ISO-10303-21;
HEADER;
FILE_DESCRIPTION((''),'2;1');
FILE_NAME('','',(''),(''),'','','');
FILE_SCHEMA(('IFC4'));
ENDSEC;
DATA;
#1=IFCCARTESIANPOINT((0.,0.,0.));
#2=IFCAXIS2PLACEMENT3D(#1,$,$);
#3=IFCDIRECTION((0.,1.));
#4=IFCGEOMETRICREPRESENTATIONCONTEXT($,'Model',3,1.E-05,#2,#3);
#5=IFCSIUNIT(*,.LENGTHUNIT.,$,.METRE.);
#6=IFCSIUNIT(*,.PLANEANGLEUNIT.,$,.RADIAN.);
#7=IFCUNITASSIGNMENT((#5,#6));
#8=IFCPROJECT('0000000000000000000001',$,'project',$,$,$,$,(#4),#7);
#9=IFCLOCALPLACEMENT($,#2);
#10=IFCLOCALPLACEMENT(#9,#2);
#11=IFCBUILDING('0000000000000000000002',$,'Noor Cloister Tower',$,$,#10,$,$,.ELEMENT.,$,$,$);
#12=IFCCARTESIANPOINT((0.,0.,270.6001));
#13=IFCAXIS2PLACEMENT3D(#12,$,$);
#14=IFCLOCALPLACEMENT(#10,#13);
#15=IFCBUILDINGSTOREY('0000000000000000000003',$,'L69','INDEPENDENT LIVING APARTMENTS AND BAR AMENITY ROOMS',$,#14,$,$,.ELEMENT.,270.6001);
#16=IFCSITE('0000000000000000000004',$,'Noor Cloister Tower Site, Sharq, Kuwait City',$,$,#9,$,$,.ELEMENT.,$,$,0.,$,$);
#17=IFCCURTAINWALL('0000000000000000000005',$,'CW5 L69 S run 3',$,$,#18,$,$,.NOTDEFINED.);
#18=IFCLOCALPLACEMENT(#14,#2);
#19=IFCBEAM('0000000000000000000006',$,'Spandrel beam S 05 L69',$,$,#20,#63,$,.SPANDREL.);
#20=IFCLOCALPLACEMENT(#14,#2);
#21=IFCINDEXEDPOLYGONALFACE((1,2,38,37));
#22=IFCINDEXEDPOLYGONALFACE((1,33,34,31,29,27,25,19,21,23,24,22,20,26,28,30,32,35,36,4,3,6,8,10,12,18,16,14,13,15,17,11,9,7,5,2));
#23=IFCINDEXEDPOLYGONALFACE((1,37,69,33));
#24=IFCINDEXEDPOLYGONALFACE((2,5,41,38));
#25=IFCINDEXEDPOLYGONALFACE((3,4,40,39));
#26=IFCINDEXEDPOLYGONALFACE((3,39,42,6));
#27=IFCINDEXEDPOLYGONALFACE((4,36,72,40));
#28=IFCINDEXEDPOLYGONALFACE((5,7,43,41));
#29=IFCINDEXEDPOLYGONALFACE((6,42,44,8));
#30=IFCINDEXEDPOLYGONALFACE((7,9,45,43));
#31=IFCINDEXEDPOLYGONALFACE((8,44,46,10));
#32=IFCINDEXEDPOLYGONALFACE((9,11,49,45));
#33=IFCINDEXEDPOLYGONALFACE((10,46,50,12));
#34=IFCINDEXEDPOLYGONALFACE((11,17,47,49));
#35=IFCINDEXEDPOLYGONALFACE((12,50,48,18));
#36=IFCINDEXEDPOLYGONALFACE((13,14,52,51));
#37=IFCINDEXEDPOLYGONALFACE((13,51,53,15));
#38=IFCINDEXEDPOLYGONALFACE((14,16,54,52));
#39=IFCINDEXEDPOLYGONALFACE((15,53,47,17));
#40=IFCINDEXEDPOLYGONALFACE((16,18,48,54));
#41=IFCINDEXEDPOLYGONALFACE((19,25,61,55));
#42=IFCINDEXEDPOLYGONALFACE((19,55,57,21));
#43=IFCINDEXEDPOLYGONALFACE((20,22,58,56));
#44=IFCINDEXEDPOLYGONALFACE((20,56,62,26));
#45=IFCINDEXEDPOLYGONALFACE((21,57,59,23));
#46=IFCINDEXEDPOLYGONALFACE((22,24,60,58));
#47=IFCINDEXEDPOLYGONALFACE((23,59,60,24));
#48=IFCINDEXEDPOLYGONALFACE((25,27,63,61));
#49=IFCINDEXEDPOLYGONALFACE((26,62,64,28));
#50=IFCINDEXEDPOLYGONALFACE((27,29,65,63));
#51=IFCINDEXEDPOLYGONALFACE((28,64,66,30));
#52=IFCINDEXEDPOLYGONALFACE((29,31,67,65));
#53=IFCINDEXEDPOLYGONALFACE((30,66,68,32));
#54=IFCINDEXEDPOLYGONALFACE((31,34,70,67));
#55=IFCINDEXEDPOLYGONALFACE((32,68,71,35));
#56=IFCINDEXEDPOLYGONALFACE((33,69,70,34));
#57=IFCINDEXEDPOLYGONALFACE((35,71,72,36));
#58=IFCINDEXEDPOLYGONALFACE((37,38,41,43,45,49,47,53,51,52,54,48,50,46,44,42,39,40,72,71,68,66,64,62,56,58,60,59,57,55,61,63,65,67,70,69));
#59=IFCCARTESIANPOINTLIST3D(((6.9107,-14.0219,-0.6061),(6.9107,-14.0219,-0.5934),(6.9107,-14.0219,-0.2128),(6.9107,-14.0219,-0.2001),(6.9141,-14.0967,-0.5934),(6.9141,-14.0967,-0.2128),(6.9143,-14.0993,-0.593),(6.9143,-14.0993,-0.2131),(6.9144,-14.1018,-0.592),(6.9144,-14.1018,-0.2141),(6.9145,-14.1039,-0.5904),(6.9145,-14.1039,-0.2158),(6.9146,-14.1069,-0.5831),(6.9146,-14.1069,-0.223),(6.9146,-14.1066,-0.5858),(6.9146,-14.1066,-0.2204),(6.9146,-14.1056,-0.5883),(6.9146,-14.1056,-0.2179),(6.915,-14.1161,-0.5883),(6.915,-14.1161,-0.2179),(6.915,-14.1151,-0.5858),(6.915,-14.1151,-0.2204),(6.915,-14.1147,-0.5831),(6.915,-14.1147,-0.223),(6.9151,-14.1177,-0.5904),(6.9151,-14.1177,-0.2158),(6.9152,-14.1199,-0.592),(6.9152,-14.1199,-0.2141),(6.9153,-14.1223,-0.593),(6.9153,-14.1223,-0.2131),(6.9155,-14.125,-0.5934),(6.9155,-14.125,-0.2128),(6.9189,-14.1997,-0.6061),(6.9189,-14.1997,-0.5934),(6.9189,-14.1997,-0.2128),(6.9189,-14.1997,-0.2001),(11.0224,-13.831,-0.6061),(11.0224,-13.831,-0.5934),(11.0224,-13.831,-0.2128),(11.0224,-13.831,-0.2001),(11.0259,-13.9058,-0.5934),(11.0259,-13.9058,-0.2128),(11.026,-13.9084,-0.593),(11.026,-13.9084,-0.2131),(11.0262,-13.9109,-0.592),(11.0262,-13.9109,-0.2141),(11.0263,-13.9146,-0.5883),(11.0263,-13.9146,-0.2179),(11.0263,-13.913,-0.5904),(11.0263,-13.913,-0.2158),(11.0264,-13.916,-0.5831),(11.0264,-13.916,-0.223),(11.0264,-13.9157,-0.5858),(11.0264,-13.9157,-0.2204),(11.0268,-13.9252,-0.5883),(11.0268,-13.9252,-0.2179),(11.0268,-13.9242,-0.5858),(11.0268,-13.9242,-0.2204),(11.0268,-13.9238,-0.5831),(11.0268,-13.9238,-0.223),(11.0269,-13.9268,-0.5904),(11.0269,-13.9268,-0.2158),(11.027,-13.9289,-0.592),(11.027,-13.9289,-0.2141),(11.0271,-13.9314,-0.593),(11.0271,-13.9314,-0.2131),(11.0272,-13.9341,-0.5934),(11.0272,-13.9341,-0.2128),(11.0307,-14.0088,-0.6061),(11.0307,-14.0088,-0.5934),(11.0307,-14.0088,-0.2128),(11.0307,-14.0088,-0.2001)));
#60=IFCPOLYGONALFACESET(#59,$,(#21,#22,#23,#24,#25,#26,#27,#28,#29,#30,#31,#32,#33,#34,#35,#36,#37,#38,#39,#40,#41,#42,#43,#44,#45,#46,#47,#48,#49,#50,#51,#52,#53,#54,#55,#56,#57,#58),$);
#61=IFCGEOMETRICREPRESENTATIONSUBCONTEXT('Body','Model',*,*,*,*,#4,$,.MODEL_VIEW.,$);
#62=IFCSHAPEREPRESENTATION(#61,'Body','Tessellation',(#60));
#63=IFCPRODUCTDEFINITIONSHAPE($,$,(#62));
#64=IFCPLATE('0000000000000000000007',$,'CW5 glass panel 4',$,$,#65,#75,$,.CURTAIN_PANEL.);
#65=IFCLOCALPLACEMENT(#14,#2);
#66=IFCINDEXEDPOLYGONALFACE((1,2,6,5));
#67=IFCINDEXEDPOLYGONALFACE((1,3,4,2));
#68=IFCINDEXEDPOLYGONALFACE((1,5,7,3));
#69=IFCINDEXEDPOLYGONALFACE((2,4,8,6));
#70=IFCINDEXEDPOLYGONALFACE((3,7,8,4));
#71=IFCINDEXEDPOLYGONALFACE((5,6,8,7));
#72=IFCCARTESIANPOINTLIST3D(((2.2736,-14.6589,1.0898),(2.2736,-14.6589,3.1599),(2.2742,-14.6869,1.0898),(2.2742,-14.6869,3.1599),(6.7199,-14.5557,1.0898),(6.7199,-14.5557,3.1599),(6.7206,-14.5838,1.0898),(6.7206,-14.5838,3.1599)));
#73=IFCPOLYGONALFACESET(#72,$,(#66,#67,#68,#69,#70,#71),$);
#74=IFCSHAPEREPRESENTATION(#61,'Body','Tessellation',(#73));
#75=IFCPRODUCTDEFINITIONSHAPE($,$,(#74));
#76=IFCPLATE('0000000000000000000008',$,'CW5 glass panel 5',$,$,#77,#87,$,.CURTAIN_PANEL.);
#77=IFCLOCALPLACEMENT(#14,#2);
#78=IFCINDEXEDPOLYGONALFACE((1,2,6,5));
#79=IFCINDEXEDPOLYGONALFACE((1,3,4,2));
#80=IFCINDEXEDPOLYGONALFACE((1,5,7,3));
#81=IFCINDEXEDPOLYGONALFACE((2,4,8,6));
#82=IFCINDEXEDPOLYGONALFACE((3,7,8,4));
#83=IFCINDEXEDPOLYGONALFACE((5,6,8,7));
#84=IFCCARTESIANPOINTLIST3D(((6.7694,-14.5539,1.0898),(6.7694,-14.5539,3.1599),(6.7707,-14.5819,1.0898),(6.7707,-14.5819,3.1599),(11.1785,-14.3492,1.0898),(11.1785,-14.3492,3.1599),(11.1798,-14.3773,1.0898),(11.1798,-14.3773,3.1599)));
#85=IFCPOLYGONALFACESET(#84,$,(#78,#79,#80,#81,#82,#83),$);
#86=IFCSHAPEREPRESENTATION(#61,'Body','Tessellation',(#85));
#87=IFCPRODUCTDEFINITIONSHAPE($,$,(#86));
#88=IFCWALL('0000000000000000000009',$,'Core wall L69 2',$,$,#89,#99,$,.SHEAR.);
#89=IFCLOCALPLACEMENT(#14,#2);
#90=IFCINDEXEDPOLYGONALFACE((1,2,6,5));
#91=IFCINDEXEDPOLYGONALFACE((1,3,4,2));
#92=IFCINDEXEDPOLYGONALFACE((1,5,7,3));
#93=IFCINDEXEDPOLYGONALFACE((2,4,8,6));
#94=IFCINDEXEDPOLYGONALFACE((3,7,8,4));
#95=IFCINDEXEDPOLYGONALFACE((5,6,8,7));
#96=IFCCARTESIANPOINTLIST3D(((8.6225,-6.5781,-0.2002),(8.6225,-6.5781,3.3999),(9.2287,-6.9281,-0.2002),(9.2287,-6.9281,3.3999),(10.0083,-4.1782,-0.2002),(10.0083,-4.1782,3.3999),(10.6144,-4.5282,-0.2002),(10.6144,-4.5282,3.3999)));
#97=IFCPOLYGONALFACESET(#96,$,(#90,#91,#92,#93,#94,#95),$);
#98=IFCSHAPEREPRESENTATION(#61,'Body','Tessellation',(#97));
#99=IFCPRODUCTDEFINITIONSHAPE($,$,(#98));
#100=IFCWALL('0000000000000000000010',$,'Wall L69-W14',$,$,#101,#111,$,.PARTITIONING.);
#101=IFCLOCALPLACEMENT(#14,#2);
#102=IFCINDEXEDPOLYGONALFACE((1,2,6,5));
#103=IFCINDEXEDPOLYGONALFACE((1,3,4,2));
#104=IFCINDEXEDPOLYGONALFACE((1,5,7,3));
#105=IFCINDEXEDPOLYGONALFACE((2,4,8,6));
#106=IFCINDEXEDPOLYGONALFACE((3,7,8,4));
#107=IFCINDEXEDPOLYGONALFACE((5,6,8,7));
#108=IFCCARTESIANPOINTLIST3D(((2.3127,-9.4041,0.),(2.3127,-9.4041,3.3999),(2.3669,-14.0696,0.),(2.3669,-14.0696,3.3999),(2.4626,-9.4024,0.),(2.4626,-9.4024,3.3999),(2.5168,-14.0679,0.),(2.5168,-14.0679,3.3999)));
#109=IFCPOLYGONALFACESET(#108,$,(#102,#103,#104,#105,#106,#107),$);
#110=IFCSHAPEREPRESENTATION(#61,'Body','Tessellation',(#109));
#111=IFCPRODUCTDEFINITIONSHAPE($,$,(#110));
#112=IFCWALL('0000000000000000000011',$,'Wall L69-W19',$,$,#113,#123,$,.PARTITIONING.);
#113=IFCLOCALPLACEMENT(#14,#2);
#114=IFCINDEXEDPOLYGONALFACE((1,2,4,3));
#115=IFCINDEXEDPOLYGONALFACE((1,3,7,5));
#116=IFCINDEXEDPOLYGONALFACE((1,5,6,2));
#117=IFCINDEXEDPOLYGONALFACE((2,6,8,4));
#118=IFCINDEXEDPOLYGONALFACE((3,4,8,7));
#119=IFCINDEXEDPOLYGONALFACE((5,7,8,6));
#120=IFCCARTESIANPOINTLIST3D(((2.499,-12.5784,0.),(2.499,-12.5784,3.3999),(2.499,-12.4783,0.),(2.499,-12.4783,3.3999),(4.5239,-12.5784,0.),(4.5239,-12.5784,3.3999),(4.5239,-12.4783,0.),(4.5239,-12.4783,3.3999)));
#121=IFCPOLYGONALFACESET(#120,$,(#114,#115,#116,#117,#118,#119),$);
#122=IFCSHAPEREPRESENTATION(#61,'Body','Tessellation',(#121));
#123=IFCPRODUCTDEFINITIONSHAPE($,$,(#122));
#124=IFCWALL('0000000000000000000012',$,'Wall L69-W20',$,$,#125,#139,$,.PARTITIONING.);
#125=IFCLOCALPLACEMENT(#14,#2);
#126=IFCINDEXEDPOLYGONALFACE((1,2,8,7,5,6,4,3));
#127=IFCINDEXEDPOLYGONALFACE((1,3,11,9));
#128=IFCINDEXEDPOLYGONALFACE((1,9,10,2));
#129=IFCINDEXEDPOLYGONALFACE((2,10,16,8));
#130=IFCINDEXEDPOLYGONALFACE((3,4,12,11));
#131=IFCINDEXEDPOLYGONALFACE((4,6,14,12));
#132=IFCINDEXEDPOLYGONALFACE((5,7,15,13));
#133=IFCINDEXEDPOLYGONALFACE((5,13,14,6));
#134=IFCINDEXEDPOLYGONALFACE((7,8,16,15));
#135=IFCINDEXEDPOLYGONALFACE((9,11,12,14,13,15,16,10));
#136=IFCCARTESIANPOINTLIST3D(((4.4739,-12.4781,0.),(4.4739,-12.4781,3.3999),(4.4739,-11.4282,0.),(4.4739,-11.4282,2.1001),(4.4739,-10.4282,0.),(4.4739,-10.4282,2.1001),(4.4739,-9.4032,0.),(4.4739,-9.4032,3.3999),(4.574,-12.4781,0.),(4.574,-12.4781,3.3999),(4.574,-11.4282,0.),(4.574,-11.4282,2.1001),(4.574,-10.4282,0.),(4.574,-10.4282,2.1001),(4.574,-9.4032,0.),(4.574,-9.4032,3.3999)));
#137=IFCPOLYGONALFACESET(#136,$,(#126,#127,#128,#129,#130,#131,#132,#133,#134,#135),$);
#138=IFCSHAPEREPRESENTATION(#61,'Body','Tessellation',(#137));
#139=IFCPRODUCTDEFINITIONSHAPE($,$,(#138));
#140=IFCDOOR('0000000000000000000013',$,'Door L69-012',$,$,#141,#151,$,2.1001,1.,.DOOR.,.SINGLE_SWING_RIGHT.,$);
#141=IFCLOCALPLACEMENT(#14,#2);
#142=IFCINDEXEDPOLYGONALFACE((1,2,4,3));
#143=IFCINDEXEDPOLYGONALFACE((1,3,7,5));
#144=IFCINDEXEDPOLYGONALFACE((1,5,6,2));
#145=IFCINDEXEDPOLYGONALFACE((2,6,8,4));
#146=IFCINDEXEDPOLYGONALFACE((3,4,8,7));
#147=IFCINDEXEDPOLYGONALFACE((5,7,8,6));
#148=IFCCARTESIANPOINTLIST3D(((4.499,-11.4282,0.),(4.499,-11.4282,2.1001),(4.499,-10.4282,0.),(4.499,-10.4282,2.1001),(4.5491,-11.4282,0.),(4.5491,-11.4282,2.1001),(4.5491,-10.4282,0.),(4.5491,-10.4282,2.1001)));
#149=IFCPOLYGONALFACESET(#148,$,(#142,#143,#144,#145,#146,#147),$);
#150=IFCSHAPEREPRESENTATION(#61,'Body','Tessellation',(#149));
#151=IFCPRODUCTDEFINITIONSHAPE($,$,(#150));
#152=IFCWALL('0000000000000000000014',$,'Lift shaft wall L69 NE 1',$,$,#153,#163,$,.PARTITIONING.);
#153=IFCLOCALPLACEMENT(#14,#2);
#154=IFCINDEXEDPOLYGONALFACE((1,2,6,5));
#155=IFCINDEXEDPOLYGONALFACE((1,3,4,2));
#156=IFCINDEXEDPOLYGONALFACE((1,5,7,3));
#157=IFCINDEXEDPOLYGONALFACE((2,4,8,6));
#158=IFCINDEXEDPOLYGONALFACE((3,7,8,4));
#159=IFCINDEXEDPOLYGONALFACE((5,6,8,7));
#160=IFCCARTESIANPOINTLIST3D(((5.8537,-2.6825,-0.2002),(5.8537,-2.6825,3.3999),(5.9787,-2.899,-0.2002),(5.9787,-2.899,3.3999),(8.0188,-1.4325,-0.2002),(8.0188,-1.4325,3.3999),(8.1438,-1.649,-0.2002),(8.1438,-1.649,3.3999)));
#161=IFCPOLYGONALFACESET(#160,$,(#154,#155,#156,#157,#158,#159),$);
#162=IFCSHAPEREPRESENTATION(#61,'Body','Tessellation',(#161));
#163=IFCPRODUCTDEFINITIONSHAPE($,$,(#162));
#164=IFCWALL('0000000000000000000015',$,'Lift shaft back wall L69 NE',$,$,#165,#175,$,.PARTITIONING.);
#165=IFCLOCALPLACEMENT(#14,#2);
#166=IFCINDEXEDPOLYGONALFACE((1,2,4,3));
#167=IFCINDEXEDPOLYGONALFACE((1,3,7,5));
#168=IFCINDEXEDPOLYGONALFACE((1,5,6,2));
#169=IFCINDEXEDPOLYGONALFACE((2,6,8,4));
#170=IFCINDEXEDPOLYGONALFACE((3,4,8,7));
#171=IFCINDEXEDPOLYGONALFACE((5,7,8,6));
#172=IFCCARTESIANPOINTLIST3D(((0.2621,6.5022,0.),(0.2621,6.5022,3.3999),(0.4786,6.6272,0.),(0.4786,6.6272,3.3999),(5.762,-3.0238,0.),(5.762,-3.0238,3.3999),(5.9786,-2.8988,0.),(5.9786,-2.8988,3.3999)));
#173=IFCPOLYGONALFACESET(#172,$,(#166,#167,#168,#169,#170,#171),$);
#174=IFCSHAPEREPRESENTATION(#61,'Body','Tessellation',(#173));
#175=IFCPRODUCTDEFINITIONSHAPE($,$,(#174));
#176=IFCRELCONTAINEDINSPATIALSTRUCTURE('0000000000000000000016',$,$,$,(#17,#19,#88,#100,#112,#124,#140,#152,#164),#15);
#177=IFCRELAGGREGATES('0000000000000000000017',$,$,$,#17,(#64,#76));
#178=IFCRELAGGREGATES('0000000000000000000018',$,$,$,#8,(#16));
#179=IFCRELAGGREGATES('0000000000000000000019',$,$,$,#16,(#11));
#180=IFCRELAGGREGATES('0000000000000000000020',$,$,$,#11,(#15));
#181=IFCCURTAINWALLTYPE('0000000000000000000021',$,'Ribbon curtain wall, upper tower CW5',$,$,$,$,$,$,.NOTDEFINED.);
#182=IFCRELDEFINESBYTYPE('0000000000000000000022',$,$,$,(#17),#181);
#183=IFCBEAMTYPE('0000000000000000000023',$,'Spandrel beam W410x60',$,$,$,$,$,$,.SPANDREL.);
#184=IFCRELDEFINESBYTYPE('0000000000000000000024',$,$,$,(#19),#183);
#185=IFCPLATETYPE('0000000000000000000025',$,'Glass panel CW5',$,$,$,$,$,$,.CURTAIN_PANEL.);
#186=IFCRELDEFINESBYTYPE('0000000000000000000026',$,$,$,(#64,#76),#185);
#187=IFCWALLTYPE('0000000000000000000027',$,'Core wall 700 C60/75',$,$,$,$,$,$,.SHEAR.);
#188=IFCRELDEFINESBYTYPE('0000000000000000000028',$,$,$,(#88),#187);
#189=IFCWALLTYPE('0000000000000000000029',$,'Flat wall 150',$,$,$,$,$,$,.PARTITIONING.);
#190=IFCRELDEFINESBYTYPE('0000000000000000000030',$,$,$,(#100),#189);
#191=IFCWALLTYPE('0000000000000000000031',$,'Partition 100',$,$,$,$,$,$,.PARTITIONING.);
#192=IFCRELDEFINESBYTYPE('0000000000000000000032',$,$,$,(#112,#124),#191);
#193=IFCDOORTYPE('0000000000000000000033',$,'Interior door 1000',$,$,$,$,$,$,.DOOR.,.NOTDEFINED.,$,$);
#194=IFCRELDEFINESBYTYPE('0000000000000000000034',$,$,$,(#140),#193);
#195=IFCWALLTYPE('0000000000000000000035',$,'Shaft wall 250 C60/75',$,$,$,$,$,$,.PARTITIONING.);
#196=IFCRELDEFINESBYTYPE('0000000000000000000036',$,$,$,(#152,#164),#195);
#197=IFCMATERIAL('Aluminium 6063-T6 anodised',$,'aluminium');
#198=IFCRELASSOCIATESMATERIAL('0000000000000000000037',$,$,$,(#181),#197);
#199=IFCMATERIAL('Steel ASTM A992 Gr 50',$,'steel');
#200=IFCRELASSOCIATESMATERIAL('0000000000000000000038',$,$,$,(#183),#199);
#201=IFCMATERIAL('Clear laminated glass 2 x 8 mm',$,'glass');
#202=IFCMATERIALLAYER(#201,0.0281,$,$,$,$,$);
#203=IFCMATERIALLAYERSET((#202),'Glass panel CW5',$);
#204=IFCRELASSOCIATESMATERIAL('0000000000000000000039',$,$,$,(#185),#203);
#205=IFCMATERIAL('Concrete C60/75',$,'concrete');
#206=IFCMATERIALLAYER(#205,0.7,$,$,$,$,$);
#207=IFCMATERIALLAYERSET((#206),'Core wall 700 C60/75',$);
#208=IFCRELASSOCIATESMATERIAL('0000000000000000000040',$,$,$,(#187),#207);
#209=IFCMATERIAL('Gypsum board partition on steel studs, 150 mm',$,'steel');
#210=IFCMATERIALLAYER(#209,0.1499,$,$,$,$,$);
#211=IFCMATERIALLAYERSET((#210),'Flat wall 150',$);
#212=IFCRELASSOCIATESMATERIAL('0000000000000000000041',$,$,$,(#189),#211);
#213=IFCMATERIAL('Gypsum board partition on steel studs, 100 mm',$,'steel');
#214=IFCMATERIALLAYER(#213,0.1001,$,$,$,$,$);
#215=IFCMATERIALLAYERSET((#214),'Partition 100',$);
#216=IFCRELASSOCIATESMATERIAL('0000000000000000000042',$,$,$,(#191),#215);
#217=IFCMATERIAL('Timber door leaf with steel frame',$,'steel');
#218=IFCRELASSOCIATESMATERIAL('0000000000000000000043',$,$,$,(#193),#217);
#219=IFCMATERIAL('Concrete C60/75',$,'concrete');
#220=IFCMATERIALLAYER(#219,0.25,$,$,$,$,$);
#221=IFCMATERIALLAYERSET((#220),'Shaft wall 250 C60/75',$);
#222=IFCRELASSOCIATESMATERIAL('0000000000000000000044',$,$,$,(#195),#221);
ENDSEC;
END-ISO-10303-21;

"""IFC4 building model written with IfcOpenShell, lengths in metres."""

from ifc_helpers import new_model, si_unit, direction, frame, frame_2d, origin, origin_2d, place, context, subcontext, project, spatial, rectangle, i_section, extrude, material, layer, layer_set, material_profile, profile_set, type_object, element, fill, aggregate, save


model = new_model("IFC4")

# Units and contexts
model_context = context("Model", 3, precision=1e-05, world=origin(), true_north=direction((0.0, 1.0)))
body_context = subcontext(model_context, "Body", "Model", "MODEL_VIEW")
ifc_project = project(units=[si_unit("LENGTHUNIT", "METRE"), si_unit("PLANEANGLEUNIT", "RADIAN")], contexts=[model_context])

# Site, building, storey
site_placement = place(None, origin())
site = spatial("IfcSite", under=ifc_project, at=site_placement, Name="Noor Cloister Tower Site, Sharq, Kuwait City", CompositionType="ELEMENT", RefElevation=0.0)
building_placement = place(site_placement, origin())
building = spatial("IfcBuilding", under=site, at=building_placement, Name="Noor Cloister Tower", CompositionType="ELEMENT")
storey_placement = place(building_placement, frame((0.0, 0.0, 270.6001)))
storey = spatial("IfcBuildingStorey", under=building, at=storey_placement, Name="L69", Description="INDEPENDENT LIVING APARTMENTS AND BAR AMENITY ROOMS", CompositionType="ELEMENT", Elevation=270.6001)

# Curtain wall
ifc_material_1 = material(Name="Aluminium 6063-T6 anodised", Category="aluminium")
curtain_wall_type = type_object("IfcCurtainWallType", Name="Ribbon curtain wall, upper tower CW5", PredefinedType="NOTDEFINED", material=ifc_material_1)
curtain_wall_placement = place(storey_placement, origin())
curtain_wall = element("IfcCurtainWall", 1, at=curtain_wall_placement, inside=storey, type_object=curtain_wall_type, Name="CW5 L69 S run 3", PredefinedType="NOTDEFINED")

# Beam
ifc_material_2 = material(Name="Steel ASTM A992 Gr 50", Category="steel")
ifc_material_profile_1 = material_profile(ifc_material_2, i_section(OverallWidth=0.178, OverallDepth=0.406, WebThickness=0.0078, FlangeThickness=0.0127, FilletRadius=0.0103, at=origin_2d()), Name="W410x60")
ifc_profile_set_1 = profile_set([ifc_material_profile_1], Name="Steel ASTM A992 Gr 50")
beam_type_1 = type_object("IfcBeamType", Name="Spandrel beam W410x60", PredefinedType="SPANDREL", material=ifc_profile_set_1)
for number, where, z_axis, x_axis, name in (
    (2, (6.9148, -14.1108, -0.4031), (0.998924, 0.046382, 0.0), (-0.046382, 0.998924, 0.0), "Spandrel beam S 05 L69"),
):
    element("IfcBeam", number, at=place(storey_placement, frame(where, z_axis=z_axis, x_axis=x_axis)), inside=storey, type_object=beam_type_1, Name=name, PredefinedType="SPANDREL", context=body_context, shape_type="SweptSolid", body=[
        extrude(i_section(OverallWidth=0.178, OverallDepth=0.406, WebThickness=0.0078, FlangeThickness=0.0127, FilletRadius=0.0103, at=origin_2d()), origin(), (0.0, 0.0, 1.0), 4.1162),
    ])

# Plates
ifc_material_3 = material(Name="Clear laminated glass 2 x 8 mm", Category="glass")
ifc_layer_1 = layer(ifc_material_3, 0.0281)
ifc_layer_set_1 = layer_set([ifc_layer_1], Name="Glass panel CW5")
plate_type = type_object("IfcPlateType", Name="Glass panel CW5", PredefinedType="CURTAIN_PANEL", material=ifc_layer_set_1)
plate_1_placement = place(storey_placement, frame((4.4971, -14.6213, 1.0898), z_axis=(0.0, 0.0, 1.0), x_axis=(0.999731, 0.02319, 0.0)))
plate_1 = element("IfcPlate", 3, at=plate_1_placement, type_object=plate_type, Name="CW5 glass panel 4", PredefinedType="CURTAIN_PANEL", context=body_context, shape_type="SweptSolid", body=[
    extrude(rectangle(XDim=4.4475, YDim=0.0281, at=origin_2d()), origin(), (0.0, 0.0, 1.0), 2.0701),
])
plate_2_placement = place(storey_placement, frame((8.9746, -14.4656, 1.0898), z_axis=(0.0, 0.0, 1.0), x_axis=(0.998924, 0.046368, 0.0)))
plate_2 = element("IfcPlate", 4, at=plate_2_placement, type_object=plate_type, Name="CW5 glass panel 5", PredefinedType="CURTAIN_PANEL", context=body_context, shape_type="SweptSolid", body=[
    extrude(rectangle(XDim=4.4138, YDim=0.0281, at=origin_2d()), origin(), (0.0, 0.0, 1.0), 2.0701),
])
aggregate(curtain_wall, [plate_1, plate_2])

# Walls
ifc_material_4 = material(Name="Concrete C60/75", Category="concrete")
ifc_layer_2 = layer(ifc_material_4, 0.7)
ifc_layer_set_2 = layer_set([ifc_layer_2], Name="Core wall 700 C60/75")
wall_type_1 = type_object("IfcWallType", Name="Core wall 700 C60/75", PredefinedType="SHEAR", material=ifc_layer_set_2)
wall_1_placement = place(storey_placement, frame((8.9255, -6.7532, -0.2002), z_axis=(0.0, 0.0, 1.0), x_axis=(0.500043, 0.866001, 0.0)))
element("IfcWall", 5, at=wall_1_placement, inside=storey, type_object=wall_type_1, Name="Core wall L69 2", PredefinedType="SHEAR", context=body_context, shape_type="SweptSolid", body=[
    extrude(rectangle(XDim=2.7712, YDim=0.7, at=frame_2d((1.3857, 0.0))), origin(), (0.0, 0.0, 1.0), 3.6001),
])
ifc_material_5 = material(Name="Gypsum board partition on steel studs, 150 mm", Category="steel")
ifc_layer_3 = layer(ifc_material_5, 0.1499)
ifc_layer_set_3 = layer_set([ifc_layer_3], Name="Flat wall 150")
wall_type_2 = type_object("IfcWallType", Name="Flat wall 150", PredefinedType="PARTITIONING", material=ifc_layer_set_3)
wall_2_placement = place(storey_placement, frame((2.4419, -14.0688, 0.0), z_axis=(0.0, 0.0, 1.0), x_axis=(-0.011616, 0.999933, 0.0)))
element("IfcWall", 6, at=wall_2_placement, inside=storey, type_object=wall_type_2, Name="Wall L69-W14", PredefinedType="PARTITIONING", context=body_context, shape_type="SweptSolid", body=[
    extrude(rectangle(XDim=4.6658, YDim=0.1499, at=frame_2d((2.333, 0.0))), origin(), (0.0, 0.0, 1.0), 3.3999),
])
ifc_material_6 = material(Name="Gypsum board partition on steel studs, 100 mm", Category="steel")
ifc_layer_4 = layer(ifc_material_6, 0.1001)
ifc_layer_set_4 = layer_set([ifc_layer_4], Name="Partition 100")
wall_type_3 = type_object("IfcWallType", Name="Partition 100", PredefinedType="PARTITIONING", material=ifc_layer_set_4)
wall_3_placement = place(storey_placement, frame((2.499, -12.5283, 0.0), z_axis=(0.0, 0.0, 1.0), x_axis=(1.0, 0.0, 0.0)))
element("IfcWall", 7, at=wall_3_placement, inside=storey, type_object=wall_type_3, Name="Wall L69-W19", PredefinedType="PARTITIONING", context=body_context, shape_type="SweptSolid", body=[
    extrude(rectangle(XDim=2.0249, YDim=0.1001, at=frame_2d((1.0125, 0.0))), origin(), (0.0, 0.0, 1.0), 3.3999),
])

# Wall, opening, door
wall_4_placement = place(storey_placement, frame((4.5239, -12.4783, 0.0), z_axis=(0.0, 0.0, 1.0), x_axis=(0.0, 1.0, 0.0)))
wall_4 = element("IfcWall", 8, at=wall_4_placement, inside=storey, type_object=wall_type_3, Name="Wall L69-W20", PredefinedType="PARTITIONING", context=body_context, shape_type="SweptSolid", body=[
    extrude(rectangle(XDim=3.075, YDim=0.1001, at=frame_2d((1.5376, 0.0))), origin(), (0.0, 0.0, 1.0), 3.3999),
])
opening_1_placement = place(wall_4_placement, frame((1.05, 0.0, 0.0)))
opening_1 = element("IfcOpeningElement", 9, at=opening_1_placement, cuts=wall_4, PredefinedType="OPENING", context=body_context, shape_type="SweptSolid", body=[
    extrude(rectangle(XDim=1.0, YDim=2.1001, at=frame_2d((0.5, 1.05))), frame((0.0, 0.0601, 0.0), z_axis=(0.0, -1.0, 0.0), x_axis=(1.0, 0.0, 0.0)), (0.0, 0.0, 1.0), 0.1201),
])
ifc_material_7 = material(Name="Timber door leaf with steel frame", Category="steel")
door_type_1 = type_object("IfcDoorType", Name="Interior door 1000", OperationType="NOTDEFINED", PredefinedType="DOOR", material=ifc_material_7)
door_1_placement = place(opening_1_placement, origin())
door_1 = element("IfcDoor", 10, at=door_1_placement, inside=storey, type_object=door_type_1, Name="Door L69-012", OperationType="SINGLE_SWING_RIGHT", OverallHeight=2.1001, OverallWidth=1.0, PredefinedType="DOOR", context=body_context, shape_type="SweptSolid", body=[
    extrude(rectangle(XDim=1.0, YDim=2.1001, at=frame_2d((0.5, 1.05))), frame((0.0, 0.0249, 0.0), z_axis=(0.0, -1.0, 0.0), x_axis=(1.0, 0.0, 0.0)), (0.0, 0.0, 1.0), 0.05),
])
fill(opening_1, door_1)

# Walls
ifc_material_8 = material(Name="Concrete C60/75", Category="concrete")
ifc_layer_5 = layer(ifc_material_8, 0.25)
ifc_layer_set_5 = layer_set([ifc_layer_5], Name="Shaft wall 250 C60/75")
wall_type_4 = type_object("IfcWallType", Name="Shaft wall 250 C60/75", PredefinedType="PARTITIONING", material=ifc_layer_set_5)
wall_5_placement = place(storey_placement, frame((8.0813, -1.5408, -0.2002), z_axis=(0.0, 0.0, 1.0), x_axis=(-0.866023, -0.500004, 0.0)))
element("IfcWall", 11, at=wall_5_placement, inside=storey, type_object=wall_type_4, Name="Lift shaft wall L69 NE 1", PredefinedType="PARTITIONING", context=body_context, shape_type="SweptSolid", body=[
    extrude(rectangle(XDim=2.5, YDim=0.25, at=frame_2d((1.25, 0.0))), origin(), (0.0, 0.0, 1.0), 3.6001),
])
wall_6_placement = place(storey_placement, frame((5.8704, -2.9614, 0.0), z_axis=(0.0, 0.0, 1.0), x_axis=(-0.500006, 0.866022, 0.0)))
element("IfcWall", 12, at=wall_6_placement, inside=storey, type_object=wall_type_4, Name="Lift shaft back wall L69 NE", PredefinedType="PARTITIONING", context=body_context, shape_type="SweptSolid", body=[
    extrude(rectangle(XDim=10.9998, YDim=0.25, at=frame_2d((5.5, 0.0))), origin(), (0.0, 0.0, 1.0), 3.3999),
])

save(model, "model.ifc")
